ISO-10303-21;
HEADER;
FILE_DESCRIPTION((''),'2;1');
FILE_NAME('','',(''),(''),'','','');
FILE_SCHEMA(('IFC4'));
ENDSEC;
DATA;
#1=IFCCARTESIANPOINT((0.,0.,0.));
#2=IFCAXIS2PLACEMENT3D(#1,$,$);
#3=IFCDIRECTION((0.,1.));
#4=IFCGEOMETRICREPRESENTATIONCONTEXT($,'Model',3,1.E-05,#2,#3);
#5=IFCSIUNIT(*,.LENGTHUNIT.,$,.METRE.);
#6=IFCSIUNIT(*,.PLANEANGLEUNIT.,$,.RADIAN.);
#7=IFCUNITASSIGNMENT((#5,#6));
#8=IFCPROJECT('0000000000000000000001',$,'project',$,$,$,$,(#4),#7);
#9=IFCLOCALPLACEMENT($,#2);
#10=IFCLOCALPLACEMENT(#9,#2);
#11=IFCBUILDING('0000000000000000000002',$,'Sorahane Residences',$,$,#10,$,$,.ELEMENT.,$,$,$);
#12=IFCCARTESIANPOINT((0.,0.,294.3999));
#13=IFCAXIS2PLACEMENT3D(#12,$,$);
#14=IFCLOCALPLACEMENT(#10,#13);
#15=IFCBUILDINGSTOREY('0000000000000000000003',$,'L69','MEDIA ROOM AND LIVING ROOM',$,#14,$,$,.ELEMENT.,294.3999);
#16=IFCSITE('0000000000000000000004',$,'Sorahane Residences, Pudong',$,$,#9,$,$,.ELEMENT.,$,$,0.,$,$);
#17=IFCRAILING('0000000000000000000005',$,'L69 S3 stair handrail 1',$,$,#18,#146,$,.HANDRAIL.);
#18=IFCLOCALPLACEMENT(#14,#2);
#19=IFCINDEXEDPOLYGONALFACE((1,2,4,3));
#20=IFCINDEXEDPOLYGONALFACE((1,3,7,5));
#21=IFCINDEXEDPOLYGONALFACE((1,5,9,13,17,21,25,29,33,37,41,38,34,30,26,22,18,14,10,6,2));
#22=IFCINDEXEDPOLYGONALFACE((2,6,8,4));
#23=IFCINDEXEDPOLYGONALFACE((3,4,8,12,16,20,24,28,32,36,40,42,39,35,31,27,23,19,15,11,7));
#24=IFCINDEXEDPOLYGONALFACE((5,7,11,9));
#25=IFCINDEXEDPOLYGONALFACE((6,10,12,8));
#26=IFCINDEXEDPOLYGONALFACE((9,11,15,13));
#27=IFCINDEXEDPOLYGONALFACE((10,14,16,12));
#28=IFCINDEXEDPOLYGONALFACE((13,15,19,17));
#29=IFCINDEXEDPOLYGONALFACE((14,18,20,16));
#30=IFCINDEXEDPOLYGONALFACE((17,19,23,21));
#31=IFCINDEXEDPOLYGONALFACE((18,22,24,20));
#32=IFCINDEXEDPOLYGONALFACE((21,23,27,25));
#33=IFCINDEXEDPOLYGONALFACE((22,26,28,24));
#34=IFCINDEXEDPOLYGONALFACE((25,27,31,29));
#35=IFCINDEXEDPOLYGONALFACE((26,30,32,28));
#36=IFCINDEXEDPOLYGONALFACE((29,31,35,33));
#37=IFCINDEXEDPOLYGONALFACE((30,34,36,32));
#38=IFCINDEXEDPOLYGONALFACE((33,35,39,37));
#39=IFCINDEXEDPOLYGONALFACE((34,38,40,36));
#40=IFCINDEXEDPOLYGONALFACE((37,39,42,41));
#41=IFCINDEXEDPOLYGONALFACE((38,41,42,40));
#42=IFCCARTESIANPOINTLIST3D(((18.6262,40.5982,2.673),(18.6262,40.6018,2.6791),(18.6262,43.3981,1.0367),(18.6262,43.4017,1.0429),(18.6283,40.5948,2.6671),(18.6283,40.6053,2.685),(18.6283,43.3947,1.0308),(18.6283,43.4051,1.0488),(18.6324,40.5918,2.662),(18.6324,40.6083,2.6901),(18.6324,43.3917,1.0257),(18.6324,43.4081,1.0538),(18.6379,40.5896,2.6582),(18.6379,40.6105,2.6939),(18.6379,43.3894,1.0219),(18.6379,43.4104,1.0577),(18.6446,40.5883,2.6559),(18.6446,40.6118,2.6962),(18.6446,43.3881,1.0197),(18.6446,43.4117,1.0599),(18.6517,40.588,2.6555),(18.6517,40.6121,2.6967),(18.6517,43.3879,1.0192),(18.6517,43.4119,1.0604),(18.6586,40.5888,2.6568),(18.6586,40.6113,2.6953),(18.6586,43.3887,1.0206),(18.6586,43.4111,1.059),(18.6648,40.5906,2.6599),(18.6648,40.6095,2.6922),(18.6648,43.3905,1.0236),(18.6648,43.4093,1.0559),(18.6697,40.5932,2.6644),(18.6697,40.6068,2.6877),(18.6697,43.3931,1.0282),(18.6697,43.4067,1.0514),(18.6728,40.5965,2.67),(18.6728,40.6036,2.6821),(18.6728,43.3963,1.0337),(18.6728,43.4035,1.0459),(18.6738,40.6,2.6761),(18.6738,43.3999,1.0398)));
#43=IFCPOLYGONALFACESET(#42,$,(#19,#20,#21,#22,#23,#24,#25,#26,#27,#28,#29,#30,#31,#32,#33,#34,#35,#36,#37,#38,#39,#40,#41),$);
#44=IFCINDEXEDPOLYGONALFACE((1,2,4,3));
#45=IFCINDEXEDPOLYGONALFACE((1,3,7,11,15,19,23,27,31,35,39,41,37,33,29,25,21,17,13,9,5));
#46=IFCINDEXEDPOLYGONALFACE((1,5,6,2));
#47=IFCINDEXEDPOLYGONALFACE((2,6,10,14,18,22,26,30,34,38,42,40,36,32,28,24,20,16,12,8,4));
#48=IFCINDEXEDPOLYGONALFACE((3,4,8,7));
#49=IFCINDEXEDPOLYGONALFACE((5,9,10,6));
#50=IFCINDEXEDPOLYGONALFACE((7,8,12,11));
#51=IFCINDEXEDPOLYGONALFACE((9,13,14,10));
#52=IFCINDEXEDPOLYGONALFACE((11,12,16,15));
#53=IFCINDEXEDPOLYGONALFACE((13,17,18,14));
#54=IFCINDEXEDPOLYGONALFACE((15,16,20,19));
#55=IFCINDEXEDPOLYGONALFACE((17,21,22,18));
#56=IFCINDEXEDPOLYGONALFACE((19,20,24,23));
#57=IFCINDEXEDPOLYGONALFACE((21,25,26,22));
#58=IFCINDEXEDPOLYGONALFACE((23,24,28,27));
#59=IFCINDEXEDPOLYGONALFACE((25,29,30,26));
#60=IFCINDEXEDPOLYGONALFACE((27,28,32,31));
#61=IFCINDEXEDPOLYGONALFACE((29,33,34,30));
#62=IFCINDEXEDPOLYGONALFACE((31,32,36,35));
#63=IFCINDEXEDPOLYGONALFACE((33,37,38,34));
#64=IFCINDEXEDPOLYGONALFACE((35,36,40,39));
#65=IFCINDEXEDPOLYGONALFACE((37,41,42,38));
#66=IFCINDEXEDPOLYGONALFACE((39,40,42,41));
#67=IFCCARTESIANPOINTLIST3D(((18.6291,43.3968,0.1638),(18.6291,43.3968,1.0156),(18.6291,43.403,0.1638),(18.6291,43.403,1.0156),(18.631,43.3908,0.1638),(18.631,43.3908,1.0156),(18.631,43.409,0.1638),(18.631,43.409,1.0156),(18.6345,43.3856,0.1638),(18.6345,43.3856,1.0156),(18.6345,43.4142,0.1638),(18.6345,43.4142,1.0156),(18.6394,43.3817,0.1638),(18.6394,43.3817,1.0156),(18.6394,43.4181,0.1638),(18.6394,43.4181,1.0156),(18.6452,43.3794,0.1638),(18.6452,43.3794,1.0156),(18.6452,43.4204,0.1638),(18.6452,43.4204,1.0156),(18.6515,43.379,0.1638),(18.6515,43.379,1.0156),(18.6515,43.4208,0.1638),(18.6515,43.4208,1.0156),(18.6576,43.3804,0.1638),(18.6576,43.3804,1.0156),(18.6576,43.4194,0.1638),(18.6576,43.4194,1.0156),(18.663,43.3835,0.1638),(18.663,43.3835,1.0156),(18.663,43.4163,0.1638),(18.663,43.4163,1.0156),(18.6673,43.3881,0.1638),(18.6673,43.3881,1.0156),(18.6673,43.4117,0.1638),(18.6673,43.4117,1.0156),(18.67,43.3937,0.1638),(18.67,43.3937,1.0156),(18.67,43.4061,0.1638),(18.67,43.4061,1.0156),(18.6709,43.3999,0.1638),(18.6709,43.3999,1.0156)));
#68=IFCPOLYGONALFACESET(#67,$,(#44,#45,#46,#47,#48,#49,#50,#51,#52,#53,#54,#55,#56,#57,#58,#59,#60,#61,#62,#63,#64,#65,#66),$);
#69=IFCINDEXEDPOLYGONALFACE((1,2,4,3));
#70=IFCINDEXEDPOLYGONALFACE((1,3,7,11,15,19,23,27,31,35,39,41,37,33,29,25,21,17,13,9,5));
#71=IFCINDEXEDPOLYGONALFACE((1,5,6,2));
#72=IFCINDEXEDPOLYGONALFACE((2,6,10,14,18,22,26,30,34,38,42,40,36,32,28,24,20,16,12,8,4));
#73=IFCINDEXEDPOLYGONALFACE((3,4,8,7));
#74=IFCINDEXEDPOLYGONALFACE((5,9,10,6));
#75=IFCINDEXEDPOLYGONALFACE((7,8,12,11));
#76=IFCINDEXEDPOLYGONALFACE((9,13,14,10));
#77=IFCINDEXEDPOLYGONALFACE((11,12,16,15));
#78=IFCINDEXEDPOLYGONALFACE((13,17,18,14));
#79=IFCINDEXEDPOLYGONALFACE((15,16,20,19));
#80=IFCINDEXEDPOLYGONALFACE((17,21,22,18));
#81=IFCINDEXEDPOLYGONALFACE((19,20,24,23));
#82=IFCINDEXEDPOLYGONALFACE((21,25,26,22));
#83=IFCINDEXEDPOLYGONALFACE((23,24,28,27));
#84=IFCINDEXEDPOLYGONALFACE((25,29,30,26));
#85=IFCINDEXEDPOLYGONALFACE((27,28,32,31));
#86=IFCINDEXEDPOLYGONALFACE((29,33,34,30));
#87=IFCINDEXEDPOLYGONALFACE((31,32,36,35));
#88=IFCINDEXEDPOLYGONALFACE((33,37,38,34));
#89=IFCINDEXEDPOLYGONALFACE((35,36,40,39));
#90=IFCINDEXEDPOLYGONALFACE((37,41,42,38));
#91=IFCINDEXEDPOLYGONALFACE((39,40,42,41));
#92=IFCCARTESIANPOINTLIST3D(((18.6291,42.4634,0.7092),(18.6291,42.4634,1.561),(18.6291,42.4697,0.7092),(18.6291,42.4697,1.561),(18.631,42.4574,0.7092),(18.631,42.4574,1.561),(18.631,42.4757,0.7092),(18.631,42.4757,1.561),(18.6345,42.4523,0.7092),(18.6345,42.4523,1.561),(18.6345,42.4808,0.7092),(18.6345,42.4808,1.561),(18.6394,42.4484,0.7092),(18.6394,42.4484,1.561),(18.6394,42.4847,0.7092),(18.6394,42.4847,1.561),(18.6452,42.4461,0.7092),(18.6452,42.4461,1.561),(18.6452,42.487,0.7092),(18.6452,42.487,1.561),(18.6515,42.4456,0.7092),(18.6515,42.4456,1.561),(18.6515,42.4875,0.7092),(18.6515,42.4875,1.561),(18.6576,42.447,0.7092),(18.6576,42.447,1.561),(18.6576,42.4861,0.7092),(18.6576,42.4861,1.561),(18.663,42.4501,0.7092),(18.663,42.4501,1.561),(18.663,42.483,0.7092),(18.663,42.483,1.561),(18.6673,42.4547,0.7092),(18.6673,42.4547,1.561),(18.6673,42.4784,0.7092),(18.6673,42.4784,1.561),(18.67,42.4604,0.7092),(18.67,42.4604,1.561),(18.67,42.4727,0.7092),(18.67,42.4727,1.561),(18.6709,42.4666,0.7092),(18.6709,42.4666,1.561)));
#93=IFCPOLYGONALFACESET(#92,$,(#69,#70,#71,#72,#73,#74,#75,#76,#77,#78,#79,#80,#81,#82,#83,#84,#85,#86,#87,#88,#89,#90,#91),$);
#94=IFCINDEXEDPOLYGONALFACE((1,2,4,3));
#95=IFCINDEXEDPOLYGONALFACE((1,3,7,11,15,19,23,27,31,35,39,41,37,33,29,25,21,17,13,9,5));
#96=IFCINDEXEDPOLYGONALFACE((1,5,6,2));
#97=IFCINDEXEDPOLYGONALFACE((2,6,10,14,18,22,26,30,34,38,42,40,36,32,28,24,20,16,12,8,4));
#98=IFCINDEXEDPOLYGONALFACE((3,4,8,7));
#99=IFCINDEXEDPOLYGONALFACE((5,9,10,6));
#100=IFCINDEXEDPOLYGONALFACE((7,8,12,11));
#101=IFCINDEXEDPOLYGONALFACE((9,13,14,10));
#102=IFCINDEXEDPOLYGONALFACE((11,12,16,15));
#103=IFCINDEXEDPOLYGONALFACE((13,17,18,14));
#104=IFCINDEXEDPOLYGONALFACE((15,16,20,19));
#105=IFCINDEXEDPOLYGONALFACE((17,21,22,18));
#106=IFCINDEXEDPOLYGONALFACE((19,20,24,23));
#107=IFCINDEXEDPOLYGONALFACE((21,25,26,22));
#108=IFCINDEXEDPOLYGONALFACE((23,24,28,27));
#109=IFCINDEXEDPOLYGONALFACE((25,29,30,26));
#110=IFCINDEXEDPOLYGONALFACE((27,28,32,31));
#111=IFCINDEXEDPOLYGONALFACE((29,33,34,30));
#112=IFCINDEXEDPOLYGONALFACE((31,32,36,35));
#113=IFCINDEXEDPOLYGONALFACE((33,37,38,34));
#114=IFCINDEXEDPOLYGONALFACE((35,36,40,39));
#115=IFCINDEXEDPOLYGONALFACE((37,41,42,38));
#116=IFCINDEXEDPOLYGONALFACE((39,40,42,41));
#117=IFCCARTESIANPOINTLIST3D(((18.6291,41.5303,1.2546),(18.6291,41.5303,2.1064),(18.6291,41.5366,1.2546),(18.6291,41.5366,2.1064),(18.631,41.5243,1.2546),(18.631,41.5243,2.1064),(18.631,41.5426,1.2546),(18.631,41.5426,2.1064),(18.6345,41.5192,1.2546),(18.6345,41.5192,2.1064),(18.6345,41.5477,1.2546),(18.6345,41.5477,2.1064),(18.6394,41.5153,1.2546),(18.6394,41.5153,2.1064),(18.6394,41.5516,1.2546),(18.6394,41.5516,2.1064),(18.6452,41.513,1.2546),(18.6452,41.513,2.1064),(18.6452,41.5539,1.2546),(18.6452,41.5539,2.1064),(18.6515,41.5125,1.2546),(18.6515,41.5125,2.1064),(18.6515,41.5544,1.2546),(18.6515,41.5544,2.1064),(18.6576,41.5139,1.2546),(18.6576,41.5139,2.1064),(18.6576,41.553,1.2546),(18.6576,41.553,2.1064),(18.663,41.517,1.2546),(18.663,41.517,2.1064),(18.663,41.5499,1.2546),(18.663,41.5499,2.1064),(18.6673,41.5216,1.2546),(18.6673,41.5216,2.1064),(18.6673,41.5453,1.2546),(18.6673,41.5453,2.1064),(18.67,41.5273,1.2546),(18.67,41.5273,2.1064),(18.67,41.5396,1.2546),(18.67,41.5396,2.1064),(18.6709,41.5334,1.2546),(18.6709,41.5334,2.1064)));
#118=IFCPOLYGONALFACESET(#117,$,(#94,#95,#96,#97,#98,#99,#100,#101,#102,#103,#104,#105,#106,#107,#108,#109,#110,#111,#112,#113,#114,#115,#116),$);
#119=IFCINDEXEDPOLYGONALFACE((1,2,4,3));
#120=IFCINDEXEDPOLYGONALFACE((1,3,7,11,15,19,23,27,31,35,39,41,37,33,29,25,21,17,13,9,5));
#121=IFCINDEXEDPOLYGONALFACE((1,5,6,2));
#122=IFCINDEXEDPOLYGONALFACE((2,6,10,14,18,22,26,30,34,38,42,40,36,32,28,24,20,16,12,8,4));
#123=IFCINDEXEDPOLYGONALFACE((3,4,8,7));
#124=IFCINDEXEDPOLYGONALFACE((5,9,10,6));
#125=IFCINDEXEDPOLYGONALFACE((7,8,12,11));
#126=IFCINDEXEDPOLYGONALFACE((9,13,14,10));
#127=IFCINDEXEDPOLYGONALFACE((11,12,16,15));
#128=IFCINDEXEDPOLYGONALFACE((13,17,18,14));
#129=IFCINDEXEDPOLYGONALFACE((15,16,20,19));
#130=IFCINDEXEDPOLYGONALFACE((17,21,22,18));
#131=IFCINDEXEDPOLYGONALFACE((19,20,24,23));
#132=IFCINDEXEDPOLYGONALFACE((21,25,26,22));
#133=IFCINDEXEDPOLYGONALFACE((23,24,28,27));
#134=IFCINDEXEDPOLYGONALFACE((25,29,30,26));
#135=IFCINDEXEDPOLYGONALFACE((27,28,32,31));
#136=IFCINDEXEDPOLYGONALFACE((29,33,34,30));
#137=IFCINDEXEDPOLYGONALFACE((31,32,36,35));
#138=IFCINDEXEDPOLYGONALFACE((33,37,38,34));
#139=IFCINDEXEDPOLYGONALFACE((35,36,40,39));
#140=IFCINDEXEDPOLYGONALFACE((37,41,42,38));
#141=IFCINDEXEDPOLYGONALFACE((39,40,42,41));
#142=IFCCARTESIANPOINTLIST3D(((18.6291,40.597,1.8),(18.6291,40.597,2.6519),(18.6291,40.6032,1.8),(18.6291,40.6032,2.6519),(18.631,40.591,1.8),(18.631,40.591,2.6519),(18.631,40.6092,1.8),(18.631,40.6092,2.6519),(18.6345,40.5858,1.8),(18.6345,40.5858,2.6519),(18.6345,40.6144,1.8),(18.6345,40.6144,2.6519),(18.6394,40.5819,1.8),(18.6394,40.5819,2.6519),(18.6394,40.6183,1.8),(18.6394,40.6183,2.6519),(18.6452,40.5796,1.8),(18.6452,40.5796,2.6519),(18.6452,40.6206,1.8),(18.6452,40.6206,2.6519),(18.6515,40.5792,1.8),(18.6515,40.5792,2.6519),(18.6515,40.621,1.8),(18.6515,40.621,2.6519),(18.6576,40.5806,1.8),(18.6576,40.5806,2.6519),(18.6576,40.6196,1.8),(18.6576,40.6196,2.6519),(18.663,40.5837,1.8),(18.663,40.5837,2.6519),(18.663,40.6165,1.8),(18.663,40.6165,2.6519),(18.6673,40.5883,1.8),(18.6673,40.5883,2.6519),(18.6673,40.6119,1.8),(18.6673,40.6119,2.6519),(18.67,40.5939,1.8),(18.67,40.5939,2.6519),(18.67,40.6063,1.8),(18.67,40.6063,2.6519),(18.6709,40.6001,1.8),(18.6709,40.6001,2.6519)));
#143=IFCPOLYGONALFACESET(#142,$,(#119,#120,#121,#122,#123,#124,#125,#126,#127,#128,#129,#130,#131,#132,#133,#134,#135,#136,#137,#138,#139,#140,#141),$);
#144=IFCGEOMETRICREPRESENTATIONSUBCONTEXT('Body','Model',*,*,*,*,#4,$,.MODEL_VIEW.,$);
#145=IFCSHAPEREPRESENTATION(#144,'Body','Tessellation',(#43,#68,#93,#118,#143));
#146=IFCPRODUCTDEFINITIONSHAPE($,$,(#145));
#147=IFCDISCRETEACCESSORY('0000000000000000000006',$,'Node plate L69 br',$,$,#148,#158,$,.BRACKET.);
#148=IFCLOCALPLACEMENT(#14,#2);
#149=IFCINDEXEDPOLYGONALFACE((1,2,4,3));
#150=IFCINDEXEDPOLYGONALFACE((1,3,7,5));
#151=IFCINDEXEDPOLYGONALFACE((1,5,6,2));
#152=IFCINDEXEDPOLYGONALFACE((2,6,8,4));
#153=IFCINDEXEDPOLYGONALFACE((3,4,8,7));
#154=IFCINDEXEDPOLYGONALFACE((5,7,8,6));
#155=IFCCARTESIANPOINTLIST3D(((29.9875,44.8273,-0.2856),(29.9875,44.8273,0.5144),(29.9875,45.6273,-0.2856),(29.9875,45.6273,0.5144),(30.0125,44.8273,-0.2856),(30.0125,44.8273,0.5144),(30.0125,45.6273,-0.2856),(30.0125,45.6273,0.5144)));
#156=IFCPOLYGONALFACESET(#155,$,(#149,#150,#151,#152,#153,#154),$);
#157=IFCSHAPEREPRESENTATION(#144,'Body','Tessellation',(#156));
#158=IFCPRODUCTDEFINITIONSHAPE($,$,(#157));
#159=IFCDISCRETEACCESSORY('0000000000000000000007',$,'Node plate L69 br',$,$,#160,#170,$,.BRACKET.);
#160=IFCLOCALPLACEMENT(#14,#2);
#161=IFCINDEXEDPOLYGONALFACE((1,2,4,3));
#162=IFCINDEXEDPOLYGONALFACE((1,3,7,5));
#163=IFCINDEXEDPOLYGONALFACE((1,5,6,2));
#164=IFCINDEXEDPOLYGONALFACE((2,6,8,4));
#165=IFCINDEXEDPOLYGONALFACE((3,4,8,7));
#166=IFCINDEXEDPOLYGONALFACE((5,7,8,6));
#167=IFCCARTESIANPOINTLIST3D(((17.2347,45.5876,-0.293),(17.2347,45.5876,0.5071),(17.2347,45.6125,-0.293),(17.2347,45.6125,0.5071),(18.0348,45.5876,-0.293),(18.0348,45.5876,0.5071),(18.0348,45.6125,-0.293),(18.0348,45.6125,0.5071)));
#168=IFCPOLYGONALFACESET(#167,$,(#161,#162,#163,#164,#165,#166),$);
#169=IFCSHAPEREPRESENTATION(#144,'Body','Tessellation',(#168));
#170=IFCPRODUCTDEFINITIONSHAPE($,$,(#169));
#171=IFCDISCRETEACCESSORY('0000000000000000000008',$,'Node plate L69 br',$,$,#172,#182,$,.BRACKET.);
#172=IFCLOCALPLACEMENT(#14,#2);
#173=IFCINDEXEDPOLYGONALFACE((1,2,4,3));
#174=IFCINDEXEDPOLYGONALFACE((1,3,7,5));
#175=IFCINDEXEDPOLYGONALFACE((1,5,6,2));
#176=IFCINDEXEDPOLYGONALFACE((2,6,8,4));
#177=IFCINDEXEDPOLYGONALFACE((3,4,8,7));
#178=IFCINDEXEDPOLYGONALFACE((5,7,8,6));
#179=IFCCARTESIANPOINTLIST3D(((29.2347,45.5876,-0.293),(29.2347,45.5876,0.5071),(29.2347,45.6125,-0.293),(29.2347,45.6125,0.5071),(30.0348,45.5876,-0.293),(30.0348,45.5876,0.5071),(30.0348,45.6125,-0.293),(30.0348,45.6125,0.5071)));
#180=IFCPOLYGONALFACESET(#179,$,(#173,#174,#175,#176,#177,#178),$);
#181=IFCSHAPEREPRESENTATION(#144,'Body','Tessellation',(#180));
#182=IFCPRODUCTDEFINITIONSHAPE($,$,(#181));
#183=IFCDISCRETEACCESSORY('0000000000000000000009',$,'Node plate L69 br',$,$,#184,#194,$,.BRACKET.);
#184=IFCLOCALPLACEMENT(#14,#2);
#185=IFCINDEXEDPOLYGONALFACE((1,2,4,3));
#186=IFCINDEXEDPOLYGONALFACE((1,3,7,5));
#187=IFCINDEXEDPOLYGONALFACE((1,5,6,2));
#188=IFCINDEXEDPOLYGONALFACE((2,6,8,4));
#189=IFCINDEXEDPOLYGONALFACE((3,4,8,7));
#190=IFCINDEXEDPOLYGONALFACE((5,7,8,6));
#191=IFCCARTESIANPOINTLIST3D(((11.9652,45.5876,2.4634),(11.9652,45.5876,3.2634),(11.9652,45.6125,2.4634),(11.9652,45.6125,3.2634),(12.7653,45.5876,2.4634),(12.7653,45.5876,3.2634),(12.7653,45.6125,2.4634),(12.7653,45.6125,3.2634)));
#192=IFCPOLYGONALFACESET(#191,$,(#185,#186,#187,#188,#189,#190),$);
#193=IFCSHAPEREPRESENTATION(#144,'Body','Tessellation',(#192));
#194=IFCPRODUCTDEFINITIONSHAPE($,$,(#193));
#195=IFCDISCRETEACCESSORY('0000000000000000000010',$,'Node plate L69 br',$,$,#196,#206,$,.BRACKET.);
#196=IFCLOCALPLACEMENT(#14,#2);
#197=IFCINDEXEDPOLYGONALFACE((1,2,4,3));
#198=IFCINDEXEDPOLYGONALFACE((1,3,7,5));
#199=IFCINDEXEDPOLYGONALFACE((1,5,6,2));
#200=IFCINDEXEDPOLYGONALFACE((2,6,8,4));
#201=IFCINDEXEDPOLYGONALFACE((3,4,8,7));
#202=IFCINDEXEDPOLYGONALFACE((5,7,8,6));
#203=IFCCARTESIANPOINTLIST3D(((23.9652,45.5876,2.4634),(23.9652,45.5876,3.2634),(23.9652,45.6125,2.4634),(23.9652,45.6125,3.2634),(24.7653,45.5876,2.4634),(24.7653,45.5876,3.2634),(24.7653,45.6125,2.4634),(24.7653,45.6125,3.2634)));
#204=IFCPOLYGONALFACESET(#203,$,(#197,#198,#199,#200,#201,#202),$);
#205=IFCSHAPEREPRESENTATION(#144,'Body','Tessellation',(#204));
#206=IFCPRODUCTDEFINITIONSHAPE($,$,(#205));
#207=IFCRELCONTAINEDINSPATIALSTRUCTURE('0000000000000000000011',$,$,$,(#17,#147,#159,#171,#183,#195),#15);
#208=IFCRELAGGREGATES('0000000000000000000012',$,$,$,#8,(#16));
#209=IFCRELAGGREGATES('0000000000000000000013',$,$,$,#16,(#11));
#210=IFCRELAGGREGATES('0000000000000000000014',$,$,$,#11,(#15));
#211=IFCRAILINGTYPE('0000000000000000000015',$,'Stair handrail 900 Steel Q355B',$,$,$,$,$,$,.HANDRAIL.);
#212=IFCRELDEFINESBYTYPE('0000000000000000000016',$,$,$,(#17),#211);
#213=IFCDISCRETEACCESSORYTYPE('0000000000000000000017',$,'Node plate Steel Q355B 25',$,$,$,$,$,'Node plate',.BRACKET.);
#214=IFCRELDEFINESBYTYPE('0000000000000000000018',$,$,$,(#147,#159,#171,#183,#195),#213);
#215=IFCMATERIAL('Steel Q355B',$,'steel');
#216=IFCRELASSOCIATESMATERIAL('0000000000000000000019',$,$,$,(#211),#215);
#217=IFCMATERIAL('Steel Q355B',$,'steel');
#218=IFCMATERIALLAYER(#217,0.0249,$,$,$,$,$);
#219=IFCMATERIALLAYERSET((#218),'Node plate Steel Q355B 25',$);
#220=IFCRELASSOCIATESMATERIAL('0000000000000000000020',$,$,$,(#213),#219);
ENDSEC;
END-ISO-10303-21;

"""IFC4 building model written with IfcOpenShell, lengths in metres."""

from ifc_helpers import new_model, si_unit, direction, frame, origin, origin_2d, place, context, subcontext, project, spatial, rectangle, circle, extrude, material, layer, layer_set, type_object, element, save


model = new_model("IFC4")

# Units and contexts
model_context = context("Model", 3, precision=1e-05, world=origin(), true_north=direction((0.0, 1.0)))
body_context = subcontext(model_context, "Body", "Model", "MODEL_VIEW")
ifc_project = project(units=[si_unit("LENGTHUNIT", "METRE"), si_unit("PLANEANGLEUNIT", "RADIAN")], contexts=[model_context])

# Site, building, storey
site_placement = place(None, origin())
site = spatial("IfcSite", under=ifc_project, at=site_placement, Name="Sorahane Residences, Pudong", CompositionType="ELEMENT", RefElevation=0.0)
building_placement = place(site_placement, origin())
building = spatial("IfcBuilding", under=site, at=building_placement, Name="Sorahane Residences", CompositionType="ELEMENT")
storey_placement = place(building_placement, frame((0.0, 0.0, 294.3999)))
storey = spatial("IfcBuildingStorey", under=building, at=storey_placement, Name="L69", Description="MEDIA ROOM AND LIVING ROOM", CompositionType="ELEMENT", Elevation=294.3999)

# Railing
ifc_material_1 = material(Name="Steel Q355B", Category="steel")
railing_type_1 = type_object("IfcRailingType", Name="Stair handrail 900 Steel Q355B", PredefinedType="HANDRAIL", material=ifc_material_1)
railing_1_placement = place(storey_placement, frame((18.6499, 43.3999, 0.1638)))
element("IfcRailing", 1, at=railing_1_placement, inside=storey, type_object=railing_type_1, Name="L69 S3 stair handrail 1", PredefinedType="HANDRAIL", context=body_context, shape_type="SweptSolid", body=[
    extrude(circle(Radius=0.0239, at=origin_2d()), frame((0.0, 0.0, 0.876), z_axis=(0.0, -0.863374, 0.504564), x_axis=(1.0, 0.0, 0.0)), (0.0, 0.0, 1.0), 3.2429),
    extrude(circle(Radius=0.021, at=origin_2d()), origin(), (0.0, 0.0, 1.0), 0.8518),
    extrude(circle(Radius=0.021, at=origin_2d()), frame((0.0, -0.9333, 0.5454)), (0.0, 0.0, 1.0), 0.8518),
    extrude(circle(Radius=0.021, at=origin_2d()), frame((0.0, -1.8665, 1.0908)), (0.0, 0.0, 1.0), 0.8518),
    extrude(circle(Radius=0.021, at=origin_2d()), frame((0.0, -2.7998, 1.6362)), (0.0, 0.0, 1.0), 0.8518),
])

# Discrete accessories
ifc_material_2 = material(Name="Steel Q355B", Category="steel")
ifc_layer_1 = layer(ifc_material_2, 0.0249)
ifc_layer_set_1 = layer_set([ifc_layer_1], Name="Node plate Steel Q355B 25")
discrete_accessory_type = type_object("IfcDiscreteAccessoryType", Name="Node plate Steel Q355B 25", ElementType="Node plate", PredefinedType="BRACKET", material=ifc_layer_set_1)
for number, where, z_axis, x_axis, name in (
    (2, (30.0, 45.2273, -0.2856), (0.0, 0.0, 1.0), (0.0, 1.0, 0.0), "Node plate L69 br"),
    (3, (17.6348, 45.6001, -0.293), (0.0, 0.0, 1.0), (1.0, 0.0, 0.0), "Node plate L69 br"),
    (4, (29.6348, 45.6001, -0.293), (0.0, 0.0, 1.0), (1.0, 0.0, 0.0), "Node plate L69 br"),
    (5, (12.3652, 45.6001, 2.4634), (0.0, 0.0, 1.0), (1.0, 0.0, 0.0), "Node plate L69 br"),
    (6, (24.3652, 45.6001, 2.4634), (0.0, 0.0, 1.0), (1.0, 0.0, 0.0), "Node plate L69 br"),
):
    element("IfcDiscreteAccessory", number, at=place(storey_placement, frame(where, z_axis=z_axis, x_axis=x_axis)), inside=storey, type_object=discrete_accessory_type, Name=name, PredefinedType="BRACKET", context=body_context, shape_type="SweptSolid", body=[
        extrude(rectangle(XDim=0.8, YDim=0.0249, at=origin_2d()), origin(), (0.0, 0.0, 1.0), 0.8),
    ])

save(model, "model.ifc")
